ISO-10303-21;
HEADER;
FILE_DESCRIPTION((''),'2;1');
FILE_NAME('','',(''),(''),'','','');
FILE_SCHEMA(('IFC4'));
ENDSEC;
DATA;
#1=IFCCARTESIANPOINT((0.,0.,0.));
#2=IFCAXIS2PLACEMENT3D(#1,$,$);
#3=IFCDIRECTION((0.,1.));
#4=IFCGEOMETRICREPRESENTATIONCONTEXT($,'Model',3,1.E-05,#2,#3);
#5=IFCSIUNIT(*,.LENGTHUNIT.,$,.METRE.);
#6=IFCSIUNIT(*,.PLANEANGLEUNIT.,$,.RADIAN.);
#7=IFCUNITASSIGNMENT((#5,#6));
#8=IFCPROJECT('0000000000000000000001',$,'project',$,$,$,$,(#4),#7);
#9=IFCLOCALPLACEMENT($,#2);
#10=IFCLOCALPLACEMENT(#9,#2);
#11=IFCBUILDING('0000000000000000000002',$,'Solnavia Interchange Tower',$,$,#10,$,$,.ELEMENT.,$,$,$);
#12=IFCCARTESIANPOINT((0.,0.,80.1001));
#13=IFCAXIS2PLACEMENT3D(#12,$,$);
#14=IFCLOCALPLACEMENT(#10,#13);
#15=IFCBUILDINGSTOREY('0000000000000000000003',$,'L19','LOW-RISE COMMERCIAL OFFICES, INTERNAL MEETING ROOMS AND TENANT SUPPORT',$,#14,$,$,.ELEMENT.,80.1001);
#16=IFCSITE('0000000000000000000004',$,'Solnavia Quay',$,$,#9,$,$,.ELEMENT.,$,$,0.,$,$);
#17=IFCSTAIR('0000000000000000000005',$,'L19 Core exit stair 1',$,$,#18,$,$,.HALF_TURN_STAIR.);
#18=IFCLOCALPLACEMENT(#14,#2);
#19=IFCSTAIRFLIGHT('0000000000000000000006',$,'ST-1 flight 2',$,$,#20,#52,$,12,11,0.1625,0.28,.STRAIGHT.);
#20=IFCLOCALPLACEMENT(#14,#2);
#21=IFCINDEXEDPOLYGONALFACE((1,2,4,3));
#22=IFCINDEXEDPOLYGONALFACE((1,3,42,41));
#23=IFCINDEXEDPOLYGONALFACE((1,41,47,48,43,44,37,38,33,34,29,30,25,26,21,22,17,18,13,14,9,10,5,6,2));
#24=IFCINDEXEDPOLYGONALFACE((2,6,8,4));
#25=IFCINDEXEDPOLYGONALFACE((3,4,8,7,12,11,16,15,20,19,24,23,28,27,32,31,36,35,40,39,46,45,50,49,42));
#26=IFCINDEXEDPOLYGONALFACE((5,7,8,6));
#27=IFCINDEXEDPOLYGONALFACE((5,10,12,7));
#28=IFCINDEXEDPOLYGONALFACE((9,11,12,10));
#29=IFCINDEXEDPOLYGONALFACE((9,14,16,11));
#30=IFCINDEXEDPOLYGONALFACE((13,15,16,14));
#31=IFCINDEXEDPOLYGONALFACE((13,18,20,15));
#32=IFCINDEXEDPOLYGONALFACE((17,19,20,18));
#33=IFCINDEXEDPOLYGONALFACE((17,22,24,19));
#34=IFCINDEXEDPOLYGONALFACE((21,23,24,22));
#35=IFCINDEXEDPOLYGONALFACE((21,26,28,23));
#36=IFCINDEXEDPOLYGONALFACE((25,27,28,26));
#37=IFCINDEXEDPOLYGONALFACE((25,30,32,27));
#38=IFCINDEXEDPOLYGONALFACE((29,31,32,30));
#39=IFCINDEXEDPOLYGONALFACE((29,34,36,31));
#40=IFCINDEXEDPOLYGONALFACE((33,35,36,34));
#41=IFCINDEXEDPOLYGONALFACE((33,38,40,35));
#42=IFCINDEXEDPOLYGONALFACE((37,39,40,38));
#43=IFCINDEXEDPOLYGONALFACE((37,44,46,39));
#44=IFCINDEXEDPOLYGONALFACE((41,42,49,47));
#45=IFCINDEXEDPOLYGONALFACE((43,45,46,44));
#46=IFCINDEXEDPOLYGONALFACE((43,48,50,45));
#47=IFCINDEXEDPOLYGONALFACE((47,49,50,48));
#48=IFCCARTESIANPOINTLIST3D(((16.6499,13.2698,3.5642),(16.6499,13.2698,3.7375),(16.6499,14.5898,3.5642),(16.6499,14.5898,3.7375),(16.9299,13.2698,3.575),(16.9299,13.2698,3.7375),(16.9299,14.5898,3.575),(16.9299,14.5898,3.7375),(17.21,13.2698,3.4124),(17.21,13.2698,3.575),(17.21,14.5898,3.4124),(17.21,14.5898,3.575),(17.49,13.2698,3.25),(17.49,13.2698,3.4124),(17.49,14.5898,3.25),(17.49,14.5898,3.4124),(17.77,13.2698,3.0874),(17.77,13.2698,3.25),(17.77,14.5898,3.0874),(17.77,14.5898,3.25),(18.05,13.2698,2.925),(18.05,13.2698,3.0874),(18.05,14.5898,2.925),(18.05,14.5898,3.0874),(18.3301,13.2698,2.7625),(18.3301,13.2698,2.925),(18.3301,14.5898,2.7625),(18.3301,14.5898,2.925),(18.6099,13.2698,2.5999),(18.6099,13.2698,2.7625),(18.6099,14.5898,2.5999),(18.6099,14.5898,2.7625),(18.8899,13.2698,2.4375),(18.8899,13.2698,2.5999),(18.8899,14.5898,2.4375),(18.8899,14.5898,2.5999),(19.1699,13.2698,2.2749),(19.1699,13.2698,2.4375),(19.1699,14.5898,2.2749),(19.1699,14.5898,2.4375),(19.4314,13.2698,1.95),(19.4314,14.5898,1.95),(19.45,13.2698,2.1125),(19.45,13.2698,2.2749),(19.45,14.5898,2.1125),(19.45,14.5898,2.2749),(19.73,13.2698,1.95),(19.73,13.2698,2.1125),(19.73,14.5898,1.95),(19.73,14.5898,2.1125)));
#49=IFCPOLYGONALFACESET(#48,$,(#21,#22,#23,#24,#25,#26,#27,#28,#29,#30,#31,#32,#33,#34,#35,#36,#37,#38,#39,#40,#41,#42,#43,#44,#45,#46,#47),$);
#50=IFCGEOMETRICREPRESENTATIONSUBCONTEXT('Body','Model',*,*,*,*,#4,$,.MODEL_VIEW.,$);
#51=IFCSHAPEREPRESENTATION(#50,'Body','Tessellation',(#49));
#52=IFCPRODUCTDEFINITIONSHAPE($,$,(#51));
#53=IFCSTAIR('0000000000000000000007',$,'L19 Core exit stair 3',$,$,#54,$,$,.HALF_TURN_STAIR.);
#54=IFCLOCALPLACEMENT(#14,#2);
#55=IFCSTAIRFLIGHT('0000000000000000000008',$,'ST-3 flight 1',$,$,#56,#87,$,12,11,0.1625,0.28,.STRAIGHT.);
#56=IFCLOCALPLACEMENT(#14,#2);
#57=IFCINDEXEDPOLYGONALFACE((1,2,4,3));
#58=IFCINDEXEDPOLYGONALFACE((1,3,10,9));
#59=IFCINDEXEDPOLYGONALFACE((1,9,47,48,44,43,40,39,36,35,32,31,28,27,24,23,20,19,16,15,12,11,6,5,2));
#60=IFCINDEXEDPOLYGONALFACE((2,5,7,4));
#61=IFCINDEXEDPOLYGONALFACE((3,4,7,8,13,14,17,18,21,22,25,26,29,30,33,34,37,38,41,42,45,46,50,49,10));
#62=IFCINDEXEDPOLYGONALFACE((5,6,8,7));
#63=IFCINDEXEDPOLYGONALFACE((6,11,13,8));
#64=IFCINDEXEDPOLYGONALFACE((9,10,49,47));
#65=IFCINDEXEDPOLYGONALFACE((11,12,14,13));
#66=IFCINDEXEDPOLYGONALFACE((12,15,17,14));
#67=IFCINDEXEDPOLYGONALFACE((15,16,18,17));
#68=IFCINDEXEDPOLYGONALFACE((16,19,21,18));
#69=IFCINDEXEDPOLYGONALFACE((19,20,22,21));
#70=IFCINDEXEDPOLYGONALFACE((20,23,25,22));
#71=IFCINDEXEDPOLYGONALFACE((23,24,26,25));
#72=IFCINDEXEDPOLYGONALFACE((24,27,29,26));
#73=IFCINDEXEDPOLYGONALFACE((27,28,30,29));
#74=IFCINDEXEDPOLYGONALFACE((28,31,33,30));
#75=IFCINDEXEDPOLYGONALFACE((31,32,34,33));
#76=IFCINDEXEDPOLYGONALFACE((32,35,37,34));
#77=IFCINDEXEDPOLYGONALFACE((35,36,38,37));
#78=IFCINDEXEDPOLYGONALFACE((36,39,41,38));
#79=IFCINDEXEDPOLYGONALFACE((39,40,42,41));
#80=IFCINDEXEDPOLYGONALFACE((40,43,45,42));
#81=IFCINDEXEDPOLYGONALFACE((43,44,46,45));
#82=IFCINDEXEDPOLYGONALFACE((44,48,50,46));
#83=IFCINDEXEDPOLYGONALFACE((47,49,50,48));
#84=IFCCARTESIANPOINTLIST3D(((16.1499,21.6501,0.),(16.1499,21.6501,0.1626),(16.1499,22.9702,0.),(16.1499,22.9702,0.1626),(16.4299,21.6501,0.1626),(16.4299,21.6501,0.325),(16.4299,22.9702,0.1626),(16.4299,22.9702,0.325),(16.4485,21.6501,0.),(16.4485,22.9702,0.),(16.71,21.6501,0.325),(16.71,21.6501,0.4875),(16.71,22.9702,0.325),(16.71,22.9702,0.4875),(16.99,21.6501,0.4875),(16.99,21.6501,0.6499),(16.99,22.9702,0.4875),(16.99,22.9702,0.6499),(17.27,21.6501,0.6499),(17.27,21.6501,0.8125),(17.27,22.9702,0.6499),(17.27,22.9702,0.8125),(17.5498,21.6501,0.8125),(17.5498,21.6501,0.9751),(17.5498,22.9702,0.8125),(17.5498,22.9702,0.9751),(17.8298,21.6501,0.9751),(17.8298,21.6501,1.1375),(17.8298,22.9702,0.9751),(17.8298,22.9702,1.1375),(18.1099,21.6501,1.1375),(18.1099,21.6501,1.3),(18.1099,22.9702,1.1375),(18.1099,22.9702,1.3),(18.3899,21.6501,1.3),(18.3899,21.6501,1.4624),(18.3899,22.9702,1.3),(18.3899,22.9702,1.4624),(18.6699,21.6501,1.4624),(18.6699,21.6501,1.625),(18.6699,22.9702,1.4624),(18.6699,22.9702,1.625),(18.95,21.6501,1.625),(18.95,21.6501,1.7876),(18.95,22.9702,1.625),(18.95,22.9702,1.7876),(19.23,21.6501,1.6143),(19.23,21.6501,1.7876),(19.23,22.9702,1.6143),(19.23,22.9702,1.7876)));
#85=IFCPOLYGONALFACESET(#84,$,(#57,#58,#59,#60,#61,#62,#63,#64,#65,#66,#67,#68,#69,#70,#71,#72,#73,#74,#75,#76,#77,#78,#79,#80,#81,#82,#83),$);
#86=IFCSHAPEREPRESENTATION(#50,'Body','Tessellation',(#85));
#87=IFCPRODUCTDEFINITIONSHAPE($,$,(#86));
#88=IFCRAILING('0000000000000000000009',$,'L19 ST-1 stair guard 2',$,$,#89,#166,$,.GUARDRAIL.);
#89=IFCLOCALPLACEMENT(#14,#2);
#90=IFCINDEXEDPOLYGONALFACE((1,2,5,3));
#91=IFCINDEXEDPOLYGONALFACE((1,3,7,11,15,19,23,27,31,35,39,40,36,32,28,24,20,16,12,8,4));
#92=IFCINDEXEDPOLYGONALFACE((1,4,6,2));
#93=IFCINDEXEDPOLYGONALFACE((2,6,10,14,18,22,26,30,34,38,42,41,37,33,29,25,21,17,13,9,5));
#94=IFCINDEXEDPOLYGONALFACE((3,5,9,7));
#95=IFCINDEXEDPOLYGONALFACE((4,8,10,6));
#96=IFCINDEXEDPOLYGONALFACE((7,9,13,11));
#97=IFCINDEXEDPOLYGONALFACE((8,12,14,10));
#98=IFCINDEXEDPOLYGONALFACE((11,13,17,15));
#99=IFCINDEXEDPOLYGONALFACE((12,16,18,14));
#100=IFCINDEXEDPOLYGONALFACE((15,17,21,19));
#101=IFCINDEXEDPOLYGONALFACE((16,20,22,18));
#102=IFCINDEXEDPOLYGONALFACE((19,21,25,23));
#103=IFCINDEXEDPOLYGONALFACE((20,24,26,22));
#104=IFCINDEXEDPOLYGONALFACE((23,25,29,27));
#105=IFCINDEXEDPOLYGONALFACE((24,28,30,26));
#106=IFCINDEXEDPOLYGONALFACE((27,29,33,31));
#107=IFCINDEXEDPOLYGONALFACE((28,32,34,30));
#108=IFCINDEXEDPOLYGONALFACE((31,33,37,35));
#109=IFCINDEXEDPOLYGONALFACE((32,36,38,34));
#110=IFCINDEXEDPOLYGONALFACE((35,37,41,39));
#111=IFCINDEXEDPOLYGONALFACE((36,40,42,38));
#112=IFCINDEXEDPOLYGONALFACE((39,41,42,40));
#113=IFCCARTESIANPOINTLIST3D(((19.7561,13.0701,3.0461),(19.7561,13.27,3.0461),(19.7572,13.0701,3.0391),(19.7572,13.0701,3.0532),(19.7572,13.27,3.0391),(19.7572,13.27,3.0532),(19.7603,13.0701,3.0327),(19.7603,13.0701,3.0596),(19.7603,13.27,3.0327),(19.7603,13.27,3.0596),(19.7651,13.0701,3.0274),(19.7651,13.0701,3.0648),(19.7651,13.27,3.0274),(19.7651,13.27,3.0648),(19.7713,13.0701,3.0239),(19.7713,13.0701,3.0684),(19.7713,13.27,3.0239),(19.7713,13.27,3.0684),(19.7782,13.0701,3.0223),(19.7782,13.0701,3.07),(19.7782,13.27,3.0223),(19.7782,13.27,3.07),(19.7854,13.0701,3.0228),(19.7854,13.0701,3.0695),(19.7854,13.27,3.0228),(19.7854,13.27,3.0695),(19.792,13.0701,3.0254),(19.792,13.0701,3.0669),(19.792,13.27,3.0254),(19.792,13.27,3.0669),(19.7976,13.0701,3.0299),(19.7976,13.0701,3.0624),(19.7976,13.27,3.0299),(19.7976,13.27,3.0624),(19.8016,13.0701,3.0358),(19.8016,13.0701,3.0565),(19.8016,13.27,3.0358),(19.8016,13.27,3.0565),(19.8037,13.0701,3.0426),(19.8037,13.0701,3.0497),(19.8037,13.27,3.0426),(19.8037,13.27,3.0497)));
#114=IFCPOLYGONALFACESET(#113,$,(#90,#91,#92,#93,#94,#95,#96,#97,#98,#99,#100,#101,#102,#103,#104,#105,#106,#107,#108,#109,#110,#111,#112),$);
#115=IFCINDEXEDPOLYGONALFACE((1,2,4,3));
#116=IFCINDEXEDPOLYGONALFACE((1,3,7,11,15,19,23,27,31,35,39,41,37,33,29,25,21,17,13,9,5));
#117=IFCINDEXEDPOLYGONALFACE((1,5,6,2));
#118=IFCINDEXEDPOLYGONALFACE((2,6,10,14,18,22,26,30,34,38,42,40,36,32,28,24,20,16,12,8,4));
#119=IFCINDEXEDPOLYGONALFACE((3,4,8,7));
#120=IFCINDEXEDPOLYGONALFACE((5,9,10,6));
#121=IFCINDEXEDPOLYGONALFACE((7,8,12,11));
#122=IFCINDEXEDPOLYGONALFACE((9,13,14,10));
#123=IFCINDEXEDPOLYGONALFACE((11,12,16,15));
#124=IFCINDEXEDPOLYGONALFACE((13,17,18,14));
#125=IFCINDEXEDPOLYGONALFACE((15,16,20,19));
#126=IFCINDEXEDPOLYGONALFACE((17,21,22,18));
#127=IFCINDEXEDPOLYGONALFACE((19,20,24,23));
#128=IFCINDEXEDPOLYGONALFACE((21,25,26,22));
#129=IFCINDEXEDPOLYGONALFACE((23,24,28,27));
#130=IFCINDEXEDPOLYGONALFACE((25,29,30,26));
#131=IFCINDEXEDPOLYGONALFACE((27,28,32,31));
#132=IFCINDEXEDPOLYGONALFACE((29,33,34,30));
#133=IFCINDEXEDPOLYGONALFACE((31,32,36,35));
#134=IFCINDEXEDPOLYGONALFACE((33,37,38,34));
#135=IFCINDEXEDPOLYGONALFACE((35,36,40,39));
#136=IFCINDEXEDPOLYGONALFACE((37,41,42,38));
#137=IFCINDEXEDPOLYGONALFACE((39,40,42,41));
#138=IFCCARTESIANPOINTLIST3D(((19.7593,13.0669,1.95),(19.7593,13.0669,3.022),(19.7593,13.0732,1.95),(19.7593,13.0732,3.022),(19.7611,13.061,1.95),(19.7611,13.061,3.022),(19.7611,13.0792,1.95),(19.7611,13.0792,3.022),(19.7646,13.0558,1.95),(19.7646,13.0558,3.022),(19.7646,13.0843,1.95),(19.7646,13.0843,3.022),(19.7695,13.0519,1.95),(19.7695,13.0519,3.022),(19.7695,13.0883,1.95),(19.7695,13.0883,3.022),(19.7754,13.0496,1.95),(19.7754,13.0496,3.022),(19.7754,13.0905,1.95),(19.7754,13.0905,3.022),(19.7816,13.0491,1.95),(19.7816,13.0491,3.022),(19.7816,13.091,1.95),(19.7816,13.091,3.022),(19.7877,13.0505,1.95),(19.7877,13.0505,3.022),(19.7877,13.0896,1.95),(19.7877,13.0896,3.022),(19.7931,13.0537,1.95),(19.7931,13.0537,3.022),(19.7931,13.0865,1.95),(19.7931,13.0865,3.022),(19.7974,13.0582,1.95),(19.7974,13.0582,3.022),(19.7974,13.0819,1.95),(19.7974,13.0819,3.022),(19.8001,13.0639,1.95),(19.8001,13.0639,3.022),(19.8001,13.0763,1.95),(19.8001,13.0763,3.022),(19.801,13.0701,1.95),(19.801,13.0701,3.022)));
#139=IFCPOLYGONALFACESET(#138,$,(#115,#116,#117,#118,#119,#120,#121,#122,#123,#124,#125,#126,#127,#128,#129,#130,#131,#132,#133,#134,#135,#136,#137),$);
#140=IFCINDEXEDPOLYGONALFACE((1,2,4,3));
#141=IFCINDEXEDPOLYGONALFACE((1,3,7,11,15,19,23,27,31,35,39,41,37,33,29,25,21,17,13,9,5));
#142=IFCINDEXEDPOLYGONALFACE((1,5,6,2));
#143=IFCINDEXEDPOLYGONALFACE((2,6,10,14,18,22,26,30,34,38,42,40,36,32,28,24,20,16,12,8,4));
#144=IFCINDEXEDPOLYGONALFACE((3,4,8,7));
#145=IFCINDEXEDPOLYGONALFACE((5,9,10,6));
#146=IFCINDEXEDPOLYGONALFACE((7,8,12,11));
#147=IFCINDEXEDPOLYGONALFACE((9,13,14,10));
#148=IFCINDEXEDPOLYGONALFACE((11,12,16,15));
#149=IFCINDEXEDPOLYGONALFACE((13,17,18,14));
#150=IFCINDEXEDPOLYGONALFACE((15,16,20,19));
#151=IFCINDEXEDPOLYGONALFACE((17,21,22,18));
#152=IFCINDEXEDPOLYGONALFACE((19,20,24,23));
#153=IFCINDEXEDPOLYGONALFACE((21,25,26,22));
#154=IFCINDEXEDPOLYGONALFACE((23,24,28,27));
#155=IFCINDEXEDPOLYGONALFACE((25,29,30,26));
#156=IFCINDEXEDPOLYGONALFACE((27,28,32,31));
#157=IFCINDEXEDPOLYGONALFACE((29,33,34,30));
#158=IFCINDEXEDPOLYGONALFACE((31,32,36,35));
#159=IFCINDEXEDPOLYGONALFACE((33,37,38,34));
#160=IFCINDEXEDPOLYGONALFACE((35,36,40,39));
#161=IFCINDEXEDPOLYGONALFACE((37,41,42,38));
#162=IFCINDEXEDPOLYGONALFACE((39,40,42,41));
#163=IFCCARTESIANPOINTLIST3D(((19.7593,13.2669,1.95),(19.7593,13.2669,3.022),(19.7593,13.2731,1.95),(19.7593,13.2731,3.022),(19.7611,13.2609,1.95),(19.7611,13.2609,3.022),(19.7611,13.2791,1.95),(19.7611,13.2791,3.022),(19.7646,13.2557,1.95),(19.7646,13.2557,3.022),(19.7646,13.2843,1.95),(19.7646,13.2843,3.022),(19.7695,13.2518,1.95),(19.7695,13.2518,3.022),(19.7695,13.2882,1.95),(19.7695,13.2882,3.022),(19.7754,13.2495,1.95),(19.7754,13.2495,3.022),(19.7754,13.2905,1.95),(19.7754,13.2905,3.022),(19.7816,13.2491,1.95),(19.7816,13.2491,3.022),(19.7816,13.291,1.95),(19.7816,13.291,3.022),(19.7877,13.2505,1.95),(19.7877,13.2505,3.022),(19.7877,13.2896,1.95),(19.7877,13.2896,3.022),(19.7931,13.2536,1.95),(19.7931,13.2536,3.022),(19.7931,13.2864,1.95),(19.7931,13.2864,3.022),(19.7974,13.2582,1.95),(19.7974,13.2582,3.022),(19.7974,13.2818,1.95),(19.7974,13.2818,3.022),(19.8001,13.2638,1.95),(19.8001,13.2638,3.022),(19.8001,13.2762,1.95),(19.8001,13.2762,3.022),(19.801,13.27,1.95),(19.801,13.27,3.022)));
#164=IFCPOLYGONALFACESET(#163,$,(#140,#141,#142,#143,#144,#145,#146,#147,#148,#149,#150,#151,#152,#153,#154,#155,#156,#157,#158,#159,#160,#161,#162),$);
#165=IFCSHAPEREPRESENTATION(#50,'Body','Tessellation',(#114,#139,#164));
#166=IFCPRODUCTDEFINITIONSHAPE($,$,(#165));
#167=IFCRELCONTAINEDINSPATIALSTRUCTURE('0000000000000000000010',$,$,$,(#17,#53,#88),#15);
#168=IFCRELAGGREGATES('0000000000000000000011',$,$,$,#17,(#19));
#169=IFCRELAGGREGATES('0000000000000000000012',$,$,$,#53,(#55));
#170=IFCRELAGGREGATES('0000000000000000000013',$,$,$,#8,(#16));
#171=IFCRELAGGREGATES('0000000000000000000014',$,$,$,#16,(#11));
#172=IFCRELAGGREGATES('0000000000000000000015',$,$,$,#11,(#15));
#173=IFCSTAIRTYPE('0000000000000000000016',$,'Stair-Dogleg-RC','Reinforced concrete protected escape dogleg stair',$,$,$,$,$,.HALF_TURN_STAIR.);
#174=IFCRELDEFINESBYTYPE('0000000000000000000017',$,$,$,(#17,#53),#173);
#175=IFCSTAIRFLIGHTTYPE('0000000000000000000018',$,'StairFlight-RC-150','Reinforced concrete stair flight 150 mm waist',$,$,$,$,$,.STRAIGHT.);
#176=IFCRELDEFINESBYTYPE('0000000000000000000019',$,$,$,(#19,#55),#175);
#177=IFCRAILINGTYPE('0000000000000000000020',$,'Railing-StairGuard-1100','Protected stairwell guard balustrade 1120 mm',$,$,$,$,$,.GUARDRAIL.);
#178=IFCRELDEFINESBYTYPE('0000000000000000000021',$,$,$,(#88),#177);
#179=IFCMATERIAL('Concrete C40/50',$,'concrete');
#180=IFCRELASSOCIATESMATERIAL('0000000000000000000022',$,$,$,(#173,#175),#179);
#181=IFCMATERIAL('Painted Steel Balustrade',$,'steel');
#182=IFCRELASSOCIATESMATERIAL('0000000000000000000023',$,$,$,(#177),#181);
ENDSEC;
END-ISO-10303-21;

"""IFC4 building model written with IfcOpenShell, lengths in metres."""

from ifc_helpers import new_model, si_unit, direction, frame, origin, origin_2d, place, context, subcontext, project, spatial, polyline, circle, outline, extrude, material, type_object, element, aggregate, save


model = new_model("IFC4")

# Units and contexts
model_context = context("Model", 3, precision=1e-05, world=origin(), true_north=direction((0.0, 1.0)))
body_context = subcontext(model_context, "Body", "Model", "MODEL_VIEW")
ifc_project = project(units=[si_unit("LENGTHUNIT", "METRE"), si_unit("PLANEANGLEUNIT", "RADIAN")], contexts=[model_context])

# Site, building, storey
site_placement = place(None, origin())
site = spatial("IfcSite", under=ifc_project, at=site_placement, Name="Solnavia Quay", CompositionType="ELEMENT", RefElevation=0.0)
building_placement = place(site_placement, origin())
building = spatial("IfcBuilding", under=site, at=building_placement, Name="Solnavia Interchange Tower", CompositionType="ELEMENT")
storey_placement = place(building_placement, frame((0.0, 0.0, 80.1001)))
storey = spatial("IfcBuildingStorey", under=building, at=storey_placement, Name="L19", Description="LOW-RISE COMMERCIAL OFFICES, INTERNAL MEETING ROOMS AND TENANT SUPPORT", CompositionType="ELEMENT", Elevation=80.1001)

# Shared definitions
ifc_material_1 = material(Name="Concrete C40/50", Category="concrete")

# Stairs, stair flights
stair_type = type_object("IfcStairType", Name="Stair-Dogleg-RC", Description="Reinforced concrete protected escape dogleg stair", PredefinedType="HALF_TURN_STAIR", material=ifc_material_1)
stair_1_placement = place(storey_placement, origin())
stair_1 = element("IfcStair", 1, at=stair_1_placement, inside=storey, type_object=stair_type, Name="L19 Core exit stair 1", PredefinedType="HALF_TURN_STAIR")
stair_flight_type = type_object("IfcStairFlightType", Name="StairFlight-RC-150", Description="Reinforced concrete stair flight 150 mm waist", PredefinedType="STRAIGHT", material=ifc_material_1)
stair_flight_1_placement = place(storey_placement, frame((19.73, 13.9299, 1.95), z_axis=(0.0, 0.0, 1.0), x_axis=(-1.0, 0.0, 0.0)))
stair_flight_1 = element("IfcStairFlight", 2, at=stair_flight_1_placement, type_object=stair_flight_type, Name="ST-1 flight 2", NumberOfRisers=12, NumberOfTreads=11, PredefinedType="STRAIGHT", RiserHeight=0.1625, TreadLength=0.28, context=body_context, shape_type="SweptSolid", body=[
    extrude(outline(polyline([(0.0, 0.0), (0.0, 0.1626), (0.28, 0.1626), (0.28, 0.325), (0.5601, 0.325), (0.5601, 0.4875), (0.8401, 0.4875), (0.8401, 0.6499), (1.1201, 0.6499), (1.1201, 0.8125), (1.3999, 0.8125), (1.3999, 0.9751), (1.6799, 0.9751), (1.6799, 1.1375), (1.96, 1.1375), (1.96, 1.3), (2.24, 1.3), (2.24, 1.4624), (2.52, 1.4624), (2.52, 1.625), (2.8, 1.625), (2.8, 1.7876), (3.0801, 1.7876), (3.0801, 1.95), (3.0801, 1.6143), (0.2986, 0.0), (0.0, 0.0)])), frame((0.0, 0.6602, 0.0), z_axis=(0.0, -1.0, 0.0), x_axis=(1.0, 0.0, 0.0)), (0.0, 0.0, 1.0), 1.3201),
])
aggregate(stair_1, [stair_flight_1])
stair_2_placement = place(storey_placement, origin())
stair_2 = element("IfcStair", 3, at=stair_2_placement, inside=storey, type_object=stair_type, Name="L19 Core exit stair 3", PredefinedType="HALF_TURN_STAIR")
stair_flight_2_placement = place(storey_placement, frame((16.1499, 22.3101, 0.0), z_axis=(0.0, 0.0, 1.0), x_axis=(1.0, 0.0, 0.0)))
stair_flight_2 = element("IfcStairFlight", 4, at=stair_flight_2_placement, type_object=stair_flight_type, Name="ST-3 flight 1", NumberOfRisers=12, NumberOfTreads=11, PredefinedType="STRAIGHT", RiserHeight=0.1625, TreadLength=0.28, context=body_context, shape_type="SweptSolid", body=[
    extrude(outline(polyline([(0.0, 0.0), (0.0, 0.1626), (0.28, 0.1626), (0.28, 0.325), (0.5601, 0.325), (0.5601, 0.4875), (0.8401, 0.4875), (0.8401, 0.6499), (1.1201, 0.6499), (1.1201, 0.8125), (1.3999, 0.8125), (1.3999, 0.9751), (1.6799, 0.9751), (1.6799, 1.1375), (1.96, 1.1375), (1.96, 1.3), (2.24, 1.3), (2.24, 1.4624), (2.52, 1.4624), (2.52, 1.625), (2.8, 1.625), (2.8, 1.7876), (3.0801, 1.7876), (3.0801, 1.95), (3.0801, 1.6143), (0.2986, 0.0), (0.0, 0.0)])), frame((0.0, 0.6602, 0.0), z_axis=(0.0, -1.0, 0.0), x_axis=(1.0, 0.0, 0.0)), (0.0, 0.0, 1.0), 1.3201),
])
aggregate(stair_2, [stair_flight_2])

# Railing
ifc_material_2 = material(Name="Painted Steel Balustrade", Category="steel")
railing_type_1 = type_object("IfcRailingType", Name="Railing-StairGuard-1100", Description="Protected stairwell guard balustrade 1120 mm", PredefinedType="GUARDRAIL", material=ifc_material_2)
railing_1_placement = place(storey_placement, frame((19.78, 13.0701, 1.95)))
element("IfcRailing", 5, at=railing_1_placement, inside=storey, type_object=railing_type_1, Name="L19 ST-1 stair guard 2", PredefinedType="GUARDRAIL", context=body_context, shape_type="SweptSolid", body=[
    extrude(circle(Radius=0.0239, at=origin_2d()), frame((0.0, 0.0, 1.0962), z_axis=(0.0, 1.0, 0.0), x_axis=(-1.0, 0.0, 0.0)), (0.0, 0.0, 1.0), 0.2),
    extrude(circle(Radius=0.021, at=origin_2d()), origin(), (0.0, 0.0, 1.0), 1.072),
    extrude(circle(Radius=0.021, at=origin_2d()), frame((0.0, 0.2, 0.0)), (0.0, 0.0, 1.0), 1.072),
])

save(model, "model.ifc")
